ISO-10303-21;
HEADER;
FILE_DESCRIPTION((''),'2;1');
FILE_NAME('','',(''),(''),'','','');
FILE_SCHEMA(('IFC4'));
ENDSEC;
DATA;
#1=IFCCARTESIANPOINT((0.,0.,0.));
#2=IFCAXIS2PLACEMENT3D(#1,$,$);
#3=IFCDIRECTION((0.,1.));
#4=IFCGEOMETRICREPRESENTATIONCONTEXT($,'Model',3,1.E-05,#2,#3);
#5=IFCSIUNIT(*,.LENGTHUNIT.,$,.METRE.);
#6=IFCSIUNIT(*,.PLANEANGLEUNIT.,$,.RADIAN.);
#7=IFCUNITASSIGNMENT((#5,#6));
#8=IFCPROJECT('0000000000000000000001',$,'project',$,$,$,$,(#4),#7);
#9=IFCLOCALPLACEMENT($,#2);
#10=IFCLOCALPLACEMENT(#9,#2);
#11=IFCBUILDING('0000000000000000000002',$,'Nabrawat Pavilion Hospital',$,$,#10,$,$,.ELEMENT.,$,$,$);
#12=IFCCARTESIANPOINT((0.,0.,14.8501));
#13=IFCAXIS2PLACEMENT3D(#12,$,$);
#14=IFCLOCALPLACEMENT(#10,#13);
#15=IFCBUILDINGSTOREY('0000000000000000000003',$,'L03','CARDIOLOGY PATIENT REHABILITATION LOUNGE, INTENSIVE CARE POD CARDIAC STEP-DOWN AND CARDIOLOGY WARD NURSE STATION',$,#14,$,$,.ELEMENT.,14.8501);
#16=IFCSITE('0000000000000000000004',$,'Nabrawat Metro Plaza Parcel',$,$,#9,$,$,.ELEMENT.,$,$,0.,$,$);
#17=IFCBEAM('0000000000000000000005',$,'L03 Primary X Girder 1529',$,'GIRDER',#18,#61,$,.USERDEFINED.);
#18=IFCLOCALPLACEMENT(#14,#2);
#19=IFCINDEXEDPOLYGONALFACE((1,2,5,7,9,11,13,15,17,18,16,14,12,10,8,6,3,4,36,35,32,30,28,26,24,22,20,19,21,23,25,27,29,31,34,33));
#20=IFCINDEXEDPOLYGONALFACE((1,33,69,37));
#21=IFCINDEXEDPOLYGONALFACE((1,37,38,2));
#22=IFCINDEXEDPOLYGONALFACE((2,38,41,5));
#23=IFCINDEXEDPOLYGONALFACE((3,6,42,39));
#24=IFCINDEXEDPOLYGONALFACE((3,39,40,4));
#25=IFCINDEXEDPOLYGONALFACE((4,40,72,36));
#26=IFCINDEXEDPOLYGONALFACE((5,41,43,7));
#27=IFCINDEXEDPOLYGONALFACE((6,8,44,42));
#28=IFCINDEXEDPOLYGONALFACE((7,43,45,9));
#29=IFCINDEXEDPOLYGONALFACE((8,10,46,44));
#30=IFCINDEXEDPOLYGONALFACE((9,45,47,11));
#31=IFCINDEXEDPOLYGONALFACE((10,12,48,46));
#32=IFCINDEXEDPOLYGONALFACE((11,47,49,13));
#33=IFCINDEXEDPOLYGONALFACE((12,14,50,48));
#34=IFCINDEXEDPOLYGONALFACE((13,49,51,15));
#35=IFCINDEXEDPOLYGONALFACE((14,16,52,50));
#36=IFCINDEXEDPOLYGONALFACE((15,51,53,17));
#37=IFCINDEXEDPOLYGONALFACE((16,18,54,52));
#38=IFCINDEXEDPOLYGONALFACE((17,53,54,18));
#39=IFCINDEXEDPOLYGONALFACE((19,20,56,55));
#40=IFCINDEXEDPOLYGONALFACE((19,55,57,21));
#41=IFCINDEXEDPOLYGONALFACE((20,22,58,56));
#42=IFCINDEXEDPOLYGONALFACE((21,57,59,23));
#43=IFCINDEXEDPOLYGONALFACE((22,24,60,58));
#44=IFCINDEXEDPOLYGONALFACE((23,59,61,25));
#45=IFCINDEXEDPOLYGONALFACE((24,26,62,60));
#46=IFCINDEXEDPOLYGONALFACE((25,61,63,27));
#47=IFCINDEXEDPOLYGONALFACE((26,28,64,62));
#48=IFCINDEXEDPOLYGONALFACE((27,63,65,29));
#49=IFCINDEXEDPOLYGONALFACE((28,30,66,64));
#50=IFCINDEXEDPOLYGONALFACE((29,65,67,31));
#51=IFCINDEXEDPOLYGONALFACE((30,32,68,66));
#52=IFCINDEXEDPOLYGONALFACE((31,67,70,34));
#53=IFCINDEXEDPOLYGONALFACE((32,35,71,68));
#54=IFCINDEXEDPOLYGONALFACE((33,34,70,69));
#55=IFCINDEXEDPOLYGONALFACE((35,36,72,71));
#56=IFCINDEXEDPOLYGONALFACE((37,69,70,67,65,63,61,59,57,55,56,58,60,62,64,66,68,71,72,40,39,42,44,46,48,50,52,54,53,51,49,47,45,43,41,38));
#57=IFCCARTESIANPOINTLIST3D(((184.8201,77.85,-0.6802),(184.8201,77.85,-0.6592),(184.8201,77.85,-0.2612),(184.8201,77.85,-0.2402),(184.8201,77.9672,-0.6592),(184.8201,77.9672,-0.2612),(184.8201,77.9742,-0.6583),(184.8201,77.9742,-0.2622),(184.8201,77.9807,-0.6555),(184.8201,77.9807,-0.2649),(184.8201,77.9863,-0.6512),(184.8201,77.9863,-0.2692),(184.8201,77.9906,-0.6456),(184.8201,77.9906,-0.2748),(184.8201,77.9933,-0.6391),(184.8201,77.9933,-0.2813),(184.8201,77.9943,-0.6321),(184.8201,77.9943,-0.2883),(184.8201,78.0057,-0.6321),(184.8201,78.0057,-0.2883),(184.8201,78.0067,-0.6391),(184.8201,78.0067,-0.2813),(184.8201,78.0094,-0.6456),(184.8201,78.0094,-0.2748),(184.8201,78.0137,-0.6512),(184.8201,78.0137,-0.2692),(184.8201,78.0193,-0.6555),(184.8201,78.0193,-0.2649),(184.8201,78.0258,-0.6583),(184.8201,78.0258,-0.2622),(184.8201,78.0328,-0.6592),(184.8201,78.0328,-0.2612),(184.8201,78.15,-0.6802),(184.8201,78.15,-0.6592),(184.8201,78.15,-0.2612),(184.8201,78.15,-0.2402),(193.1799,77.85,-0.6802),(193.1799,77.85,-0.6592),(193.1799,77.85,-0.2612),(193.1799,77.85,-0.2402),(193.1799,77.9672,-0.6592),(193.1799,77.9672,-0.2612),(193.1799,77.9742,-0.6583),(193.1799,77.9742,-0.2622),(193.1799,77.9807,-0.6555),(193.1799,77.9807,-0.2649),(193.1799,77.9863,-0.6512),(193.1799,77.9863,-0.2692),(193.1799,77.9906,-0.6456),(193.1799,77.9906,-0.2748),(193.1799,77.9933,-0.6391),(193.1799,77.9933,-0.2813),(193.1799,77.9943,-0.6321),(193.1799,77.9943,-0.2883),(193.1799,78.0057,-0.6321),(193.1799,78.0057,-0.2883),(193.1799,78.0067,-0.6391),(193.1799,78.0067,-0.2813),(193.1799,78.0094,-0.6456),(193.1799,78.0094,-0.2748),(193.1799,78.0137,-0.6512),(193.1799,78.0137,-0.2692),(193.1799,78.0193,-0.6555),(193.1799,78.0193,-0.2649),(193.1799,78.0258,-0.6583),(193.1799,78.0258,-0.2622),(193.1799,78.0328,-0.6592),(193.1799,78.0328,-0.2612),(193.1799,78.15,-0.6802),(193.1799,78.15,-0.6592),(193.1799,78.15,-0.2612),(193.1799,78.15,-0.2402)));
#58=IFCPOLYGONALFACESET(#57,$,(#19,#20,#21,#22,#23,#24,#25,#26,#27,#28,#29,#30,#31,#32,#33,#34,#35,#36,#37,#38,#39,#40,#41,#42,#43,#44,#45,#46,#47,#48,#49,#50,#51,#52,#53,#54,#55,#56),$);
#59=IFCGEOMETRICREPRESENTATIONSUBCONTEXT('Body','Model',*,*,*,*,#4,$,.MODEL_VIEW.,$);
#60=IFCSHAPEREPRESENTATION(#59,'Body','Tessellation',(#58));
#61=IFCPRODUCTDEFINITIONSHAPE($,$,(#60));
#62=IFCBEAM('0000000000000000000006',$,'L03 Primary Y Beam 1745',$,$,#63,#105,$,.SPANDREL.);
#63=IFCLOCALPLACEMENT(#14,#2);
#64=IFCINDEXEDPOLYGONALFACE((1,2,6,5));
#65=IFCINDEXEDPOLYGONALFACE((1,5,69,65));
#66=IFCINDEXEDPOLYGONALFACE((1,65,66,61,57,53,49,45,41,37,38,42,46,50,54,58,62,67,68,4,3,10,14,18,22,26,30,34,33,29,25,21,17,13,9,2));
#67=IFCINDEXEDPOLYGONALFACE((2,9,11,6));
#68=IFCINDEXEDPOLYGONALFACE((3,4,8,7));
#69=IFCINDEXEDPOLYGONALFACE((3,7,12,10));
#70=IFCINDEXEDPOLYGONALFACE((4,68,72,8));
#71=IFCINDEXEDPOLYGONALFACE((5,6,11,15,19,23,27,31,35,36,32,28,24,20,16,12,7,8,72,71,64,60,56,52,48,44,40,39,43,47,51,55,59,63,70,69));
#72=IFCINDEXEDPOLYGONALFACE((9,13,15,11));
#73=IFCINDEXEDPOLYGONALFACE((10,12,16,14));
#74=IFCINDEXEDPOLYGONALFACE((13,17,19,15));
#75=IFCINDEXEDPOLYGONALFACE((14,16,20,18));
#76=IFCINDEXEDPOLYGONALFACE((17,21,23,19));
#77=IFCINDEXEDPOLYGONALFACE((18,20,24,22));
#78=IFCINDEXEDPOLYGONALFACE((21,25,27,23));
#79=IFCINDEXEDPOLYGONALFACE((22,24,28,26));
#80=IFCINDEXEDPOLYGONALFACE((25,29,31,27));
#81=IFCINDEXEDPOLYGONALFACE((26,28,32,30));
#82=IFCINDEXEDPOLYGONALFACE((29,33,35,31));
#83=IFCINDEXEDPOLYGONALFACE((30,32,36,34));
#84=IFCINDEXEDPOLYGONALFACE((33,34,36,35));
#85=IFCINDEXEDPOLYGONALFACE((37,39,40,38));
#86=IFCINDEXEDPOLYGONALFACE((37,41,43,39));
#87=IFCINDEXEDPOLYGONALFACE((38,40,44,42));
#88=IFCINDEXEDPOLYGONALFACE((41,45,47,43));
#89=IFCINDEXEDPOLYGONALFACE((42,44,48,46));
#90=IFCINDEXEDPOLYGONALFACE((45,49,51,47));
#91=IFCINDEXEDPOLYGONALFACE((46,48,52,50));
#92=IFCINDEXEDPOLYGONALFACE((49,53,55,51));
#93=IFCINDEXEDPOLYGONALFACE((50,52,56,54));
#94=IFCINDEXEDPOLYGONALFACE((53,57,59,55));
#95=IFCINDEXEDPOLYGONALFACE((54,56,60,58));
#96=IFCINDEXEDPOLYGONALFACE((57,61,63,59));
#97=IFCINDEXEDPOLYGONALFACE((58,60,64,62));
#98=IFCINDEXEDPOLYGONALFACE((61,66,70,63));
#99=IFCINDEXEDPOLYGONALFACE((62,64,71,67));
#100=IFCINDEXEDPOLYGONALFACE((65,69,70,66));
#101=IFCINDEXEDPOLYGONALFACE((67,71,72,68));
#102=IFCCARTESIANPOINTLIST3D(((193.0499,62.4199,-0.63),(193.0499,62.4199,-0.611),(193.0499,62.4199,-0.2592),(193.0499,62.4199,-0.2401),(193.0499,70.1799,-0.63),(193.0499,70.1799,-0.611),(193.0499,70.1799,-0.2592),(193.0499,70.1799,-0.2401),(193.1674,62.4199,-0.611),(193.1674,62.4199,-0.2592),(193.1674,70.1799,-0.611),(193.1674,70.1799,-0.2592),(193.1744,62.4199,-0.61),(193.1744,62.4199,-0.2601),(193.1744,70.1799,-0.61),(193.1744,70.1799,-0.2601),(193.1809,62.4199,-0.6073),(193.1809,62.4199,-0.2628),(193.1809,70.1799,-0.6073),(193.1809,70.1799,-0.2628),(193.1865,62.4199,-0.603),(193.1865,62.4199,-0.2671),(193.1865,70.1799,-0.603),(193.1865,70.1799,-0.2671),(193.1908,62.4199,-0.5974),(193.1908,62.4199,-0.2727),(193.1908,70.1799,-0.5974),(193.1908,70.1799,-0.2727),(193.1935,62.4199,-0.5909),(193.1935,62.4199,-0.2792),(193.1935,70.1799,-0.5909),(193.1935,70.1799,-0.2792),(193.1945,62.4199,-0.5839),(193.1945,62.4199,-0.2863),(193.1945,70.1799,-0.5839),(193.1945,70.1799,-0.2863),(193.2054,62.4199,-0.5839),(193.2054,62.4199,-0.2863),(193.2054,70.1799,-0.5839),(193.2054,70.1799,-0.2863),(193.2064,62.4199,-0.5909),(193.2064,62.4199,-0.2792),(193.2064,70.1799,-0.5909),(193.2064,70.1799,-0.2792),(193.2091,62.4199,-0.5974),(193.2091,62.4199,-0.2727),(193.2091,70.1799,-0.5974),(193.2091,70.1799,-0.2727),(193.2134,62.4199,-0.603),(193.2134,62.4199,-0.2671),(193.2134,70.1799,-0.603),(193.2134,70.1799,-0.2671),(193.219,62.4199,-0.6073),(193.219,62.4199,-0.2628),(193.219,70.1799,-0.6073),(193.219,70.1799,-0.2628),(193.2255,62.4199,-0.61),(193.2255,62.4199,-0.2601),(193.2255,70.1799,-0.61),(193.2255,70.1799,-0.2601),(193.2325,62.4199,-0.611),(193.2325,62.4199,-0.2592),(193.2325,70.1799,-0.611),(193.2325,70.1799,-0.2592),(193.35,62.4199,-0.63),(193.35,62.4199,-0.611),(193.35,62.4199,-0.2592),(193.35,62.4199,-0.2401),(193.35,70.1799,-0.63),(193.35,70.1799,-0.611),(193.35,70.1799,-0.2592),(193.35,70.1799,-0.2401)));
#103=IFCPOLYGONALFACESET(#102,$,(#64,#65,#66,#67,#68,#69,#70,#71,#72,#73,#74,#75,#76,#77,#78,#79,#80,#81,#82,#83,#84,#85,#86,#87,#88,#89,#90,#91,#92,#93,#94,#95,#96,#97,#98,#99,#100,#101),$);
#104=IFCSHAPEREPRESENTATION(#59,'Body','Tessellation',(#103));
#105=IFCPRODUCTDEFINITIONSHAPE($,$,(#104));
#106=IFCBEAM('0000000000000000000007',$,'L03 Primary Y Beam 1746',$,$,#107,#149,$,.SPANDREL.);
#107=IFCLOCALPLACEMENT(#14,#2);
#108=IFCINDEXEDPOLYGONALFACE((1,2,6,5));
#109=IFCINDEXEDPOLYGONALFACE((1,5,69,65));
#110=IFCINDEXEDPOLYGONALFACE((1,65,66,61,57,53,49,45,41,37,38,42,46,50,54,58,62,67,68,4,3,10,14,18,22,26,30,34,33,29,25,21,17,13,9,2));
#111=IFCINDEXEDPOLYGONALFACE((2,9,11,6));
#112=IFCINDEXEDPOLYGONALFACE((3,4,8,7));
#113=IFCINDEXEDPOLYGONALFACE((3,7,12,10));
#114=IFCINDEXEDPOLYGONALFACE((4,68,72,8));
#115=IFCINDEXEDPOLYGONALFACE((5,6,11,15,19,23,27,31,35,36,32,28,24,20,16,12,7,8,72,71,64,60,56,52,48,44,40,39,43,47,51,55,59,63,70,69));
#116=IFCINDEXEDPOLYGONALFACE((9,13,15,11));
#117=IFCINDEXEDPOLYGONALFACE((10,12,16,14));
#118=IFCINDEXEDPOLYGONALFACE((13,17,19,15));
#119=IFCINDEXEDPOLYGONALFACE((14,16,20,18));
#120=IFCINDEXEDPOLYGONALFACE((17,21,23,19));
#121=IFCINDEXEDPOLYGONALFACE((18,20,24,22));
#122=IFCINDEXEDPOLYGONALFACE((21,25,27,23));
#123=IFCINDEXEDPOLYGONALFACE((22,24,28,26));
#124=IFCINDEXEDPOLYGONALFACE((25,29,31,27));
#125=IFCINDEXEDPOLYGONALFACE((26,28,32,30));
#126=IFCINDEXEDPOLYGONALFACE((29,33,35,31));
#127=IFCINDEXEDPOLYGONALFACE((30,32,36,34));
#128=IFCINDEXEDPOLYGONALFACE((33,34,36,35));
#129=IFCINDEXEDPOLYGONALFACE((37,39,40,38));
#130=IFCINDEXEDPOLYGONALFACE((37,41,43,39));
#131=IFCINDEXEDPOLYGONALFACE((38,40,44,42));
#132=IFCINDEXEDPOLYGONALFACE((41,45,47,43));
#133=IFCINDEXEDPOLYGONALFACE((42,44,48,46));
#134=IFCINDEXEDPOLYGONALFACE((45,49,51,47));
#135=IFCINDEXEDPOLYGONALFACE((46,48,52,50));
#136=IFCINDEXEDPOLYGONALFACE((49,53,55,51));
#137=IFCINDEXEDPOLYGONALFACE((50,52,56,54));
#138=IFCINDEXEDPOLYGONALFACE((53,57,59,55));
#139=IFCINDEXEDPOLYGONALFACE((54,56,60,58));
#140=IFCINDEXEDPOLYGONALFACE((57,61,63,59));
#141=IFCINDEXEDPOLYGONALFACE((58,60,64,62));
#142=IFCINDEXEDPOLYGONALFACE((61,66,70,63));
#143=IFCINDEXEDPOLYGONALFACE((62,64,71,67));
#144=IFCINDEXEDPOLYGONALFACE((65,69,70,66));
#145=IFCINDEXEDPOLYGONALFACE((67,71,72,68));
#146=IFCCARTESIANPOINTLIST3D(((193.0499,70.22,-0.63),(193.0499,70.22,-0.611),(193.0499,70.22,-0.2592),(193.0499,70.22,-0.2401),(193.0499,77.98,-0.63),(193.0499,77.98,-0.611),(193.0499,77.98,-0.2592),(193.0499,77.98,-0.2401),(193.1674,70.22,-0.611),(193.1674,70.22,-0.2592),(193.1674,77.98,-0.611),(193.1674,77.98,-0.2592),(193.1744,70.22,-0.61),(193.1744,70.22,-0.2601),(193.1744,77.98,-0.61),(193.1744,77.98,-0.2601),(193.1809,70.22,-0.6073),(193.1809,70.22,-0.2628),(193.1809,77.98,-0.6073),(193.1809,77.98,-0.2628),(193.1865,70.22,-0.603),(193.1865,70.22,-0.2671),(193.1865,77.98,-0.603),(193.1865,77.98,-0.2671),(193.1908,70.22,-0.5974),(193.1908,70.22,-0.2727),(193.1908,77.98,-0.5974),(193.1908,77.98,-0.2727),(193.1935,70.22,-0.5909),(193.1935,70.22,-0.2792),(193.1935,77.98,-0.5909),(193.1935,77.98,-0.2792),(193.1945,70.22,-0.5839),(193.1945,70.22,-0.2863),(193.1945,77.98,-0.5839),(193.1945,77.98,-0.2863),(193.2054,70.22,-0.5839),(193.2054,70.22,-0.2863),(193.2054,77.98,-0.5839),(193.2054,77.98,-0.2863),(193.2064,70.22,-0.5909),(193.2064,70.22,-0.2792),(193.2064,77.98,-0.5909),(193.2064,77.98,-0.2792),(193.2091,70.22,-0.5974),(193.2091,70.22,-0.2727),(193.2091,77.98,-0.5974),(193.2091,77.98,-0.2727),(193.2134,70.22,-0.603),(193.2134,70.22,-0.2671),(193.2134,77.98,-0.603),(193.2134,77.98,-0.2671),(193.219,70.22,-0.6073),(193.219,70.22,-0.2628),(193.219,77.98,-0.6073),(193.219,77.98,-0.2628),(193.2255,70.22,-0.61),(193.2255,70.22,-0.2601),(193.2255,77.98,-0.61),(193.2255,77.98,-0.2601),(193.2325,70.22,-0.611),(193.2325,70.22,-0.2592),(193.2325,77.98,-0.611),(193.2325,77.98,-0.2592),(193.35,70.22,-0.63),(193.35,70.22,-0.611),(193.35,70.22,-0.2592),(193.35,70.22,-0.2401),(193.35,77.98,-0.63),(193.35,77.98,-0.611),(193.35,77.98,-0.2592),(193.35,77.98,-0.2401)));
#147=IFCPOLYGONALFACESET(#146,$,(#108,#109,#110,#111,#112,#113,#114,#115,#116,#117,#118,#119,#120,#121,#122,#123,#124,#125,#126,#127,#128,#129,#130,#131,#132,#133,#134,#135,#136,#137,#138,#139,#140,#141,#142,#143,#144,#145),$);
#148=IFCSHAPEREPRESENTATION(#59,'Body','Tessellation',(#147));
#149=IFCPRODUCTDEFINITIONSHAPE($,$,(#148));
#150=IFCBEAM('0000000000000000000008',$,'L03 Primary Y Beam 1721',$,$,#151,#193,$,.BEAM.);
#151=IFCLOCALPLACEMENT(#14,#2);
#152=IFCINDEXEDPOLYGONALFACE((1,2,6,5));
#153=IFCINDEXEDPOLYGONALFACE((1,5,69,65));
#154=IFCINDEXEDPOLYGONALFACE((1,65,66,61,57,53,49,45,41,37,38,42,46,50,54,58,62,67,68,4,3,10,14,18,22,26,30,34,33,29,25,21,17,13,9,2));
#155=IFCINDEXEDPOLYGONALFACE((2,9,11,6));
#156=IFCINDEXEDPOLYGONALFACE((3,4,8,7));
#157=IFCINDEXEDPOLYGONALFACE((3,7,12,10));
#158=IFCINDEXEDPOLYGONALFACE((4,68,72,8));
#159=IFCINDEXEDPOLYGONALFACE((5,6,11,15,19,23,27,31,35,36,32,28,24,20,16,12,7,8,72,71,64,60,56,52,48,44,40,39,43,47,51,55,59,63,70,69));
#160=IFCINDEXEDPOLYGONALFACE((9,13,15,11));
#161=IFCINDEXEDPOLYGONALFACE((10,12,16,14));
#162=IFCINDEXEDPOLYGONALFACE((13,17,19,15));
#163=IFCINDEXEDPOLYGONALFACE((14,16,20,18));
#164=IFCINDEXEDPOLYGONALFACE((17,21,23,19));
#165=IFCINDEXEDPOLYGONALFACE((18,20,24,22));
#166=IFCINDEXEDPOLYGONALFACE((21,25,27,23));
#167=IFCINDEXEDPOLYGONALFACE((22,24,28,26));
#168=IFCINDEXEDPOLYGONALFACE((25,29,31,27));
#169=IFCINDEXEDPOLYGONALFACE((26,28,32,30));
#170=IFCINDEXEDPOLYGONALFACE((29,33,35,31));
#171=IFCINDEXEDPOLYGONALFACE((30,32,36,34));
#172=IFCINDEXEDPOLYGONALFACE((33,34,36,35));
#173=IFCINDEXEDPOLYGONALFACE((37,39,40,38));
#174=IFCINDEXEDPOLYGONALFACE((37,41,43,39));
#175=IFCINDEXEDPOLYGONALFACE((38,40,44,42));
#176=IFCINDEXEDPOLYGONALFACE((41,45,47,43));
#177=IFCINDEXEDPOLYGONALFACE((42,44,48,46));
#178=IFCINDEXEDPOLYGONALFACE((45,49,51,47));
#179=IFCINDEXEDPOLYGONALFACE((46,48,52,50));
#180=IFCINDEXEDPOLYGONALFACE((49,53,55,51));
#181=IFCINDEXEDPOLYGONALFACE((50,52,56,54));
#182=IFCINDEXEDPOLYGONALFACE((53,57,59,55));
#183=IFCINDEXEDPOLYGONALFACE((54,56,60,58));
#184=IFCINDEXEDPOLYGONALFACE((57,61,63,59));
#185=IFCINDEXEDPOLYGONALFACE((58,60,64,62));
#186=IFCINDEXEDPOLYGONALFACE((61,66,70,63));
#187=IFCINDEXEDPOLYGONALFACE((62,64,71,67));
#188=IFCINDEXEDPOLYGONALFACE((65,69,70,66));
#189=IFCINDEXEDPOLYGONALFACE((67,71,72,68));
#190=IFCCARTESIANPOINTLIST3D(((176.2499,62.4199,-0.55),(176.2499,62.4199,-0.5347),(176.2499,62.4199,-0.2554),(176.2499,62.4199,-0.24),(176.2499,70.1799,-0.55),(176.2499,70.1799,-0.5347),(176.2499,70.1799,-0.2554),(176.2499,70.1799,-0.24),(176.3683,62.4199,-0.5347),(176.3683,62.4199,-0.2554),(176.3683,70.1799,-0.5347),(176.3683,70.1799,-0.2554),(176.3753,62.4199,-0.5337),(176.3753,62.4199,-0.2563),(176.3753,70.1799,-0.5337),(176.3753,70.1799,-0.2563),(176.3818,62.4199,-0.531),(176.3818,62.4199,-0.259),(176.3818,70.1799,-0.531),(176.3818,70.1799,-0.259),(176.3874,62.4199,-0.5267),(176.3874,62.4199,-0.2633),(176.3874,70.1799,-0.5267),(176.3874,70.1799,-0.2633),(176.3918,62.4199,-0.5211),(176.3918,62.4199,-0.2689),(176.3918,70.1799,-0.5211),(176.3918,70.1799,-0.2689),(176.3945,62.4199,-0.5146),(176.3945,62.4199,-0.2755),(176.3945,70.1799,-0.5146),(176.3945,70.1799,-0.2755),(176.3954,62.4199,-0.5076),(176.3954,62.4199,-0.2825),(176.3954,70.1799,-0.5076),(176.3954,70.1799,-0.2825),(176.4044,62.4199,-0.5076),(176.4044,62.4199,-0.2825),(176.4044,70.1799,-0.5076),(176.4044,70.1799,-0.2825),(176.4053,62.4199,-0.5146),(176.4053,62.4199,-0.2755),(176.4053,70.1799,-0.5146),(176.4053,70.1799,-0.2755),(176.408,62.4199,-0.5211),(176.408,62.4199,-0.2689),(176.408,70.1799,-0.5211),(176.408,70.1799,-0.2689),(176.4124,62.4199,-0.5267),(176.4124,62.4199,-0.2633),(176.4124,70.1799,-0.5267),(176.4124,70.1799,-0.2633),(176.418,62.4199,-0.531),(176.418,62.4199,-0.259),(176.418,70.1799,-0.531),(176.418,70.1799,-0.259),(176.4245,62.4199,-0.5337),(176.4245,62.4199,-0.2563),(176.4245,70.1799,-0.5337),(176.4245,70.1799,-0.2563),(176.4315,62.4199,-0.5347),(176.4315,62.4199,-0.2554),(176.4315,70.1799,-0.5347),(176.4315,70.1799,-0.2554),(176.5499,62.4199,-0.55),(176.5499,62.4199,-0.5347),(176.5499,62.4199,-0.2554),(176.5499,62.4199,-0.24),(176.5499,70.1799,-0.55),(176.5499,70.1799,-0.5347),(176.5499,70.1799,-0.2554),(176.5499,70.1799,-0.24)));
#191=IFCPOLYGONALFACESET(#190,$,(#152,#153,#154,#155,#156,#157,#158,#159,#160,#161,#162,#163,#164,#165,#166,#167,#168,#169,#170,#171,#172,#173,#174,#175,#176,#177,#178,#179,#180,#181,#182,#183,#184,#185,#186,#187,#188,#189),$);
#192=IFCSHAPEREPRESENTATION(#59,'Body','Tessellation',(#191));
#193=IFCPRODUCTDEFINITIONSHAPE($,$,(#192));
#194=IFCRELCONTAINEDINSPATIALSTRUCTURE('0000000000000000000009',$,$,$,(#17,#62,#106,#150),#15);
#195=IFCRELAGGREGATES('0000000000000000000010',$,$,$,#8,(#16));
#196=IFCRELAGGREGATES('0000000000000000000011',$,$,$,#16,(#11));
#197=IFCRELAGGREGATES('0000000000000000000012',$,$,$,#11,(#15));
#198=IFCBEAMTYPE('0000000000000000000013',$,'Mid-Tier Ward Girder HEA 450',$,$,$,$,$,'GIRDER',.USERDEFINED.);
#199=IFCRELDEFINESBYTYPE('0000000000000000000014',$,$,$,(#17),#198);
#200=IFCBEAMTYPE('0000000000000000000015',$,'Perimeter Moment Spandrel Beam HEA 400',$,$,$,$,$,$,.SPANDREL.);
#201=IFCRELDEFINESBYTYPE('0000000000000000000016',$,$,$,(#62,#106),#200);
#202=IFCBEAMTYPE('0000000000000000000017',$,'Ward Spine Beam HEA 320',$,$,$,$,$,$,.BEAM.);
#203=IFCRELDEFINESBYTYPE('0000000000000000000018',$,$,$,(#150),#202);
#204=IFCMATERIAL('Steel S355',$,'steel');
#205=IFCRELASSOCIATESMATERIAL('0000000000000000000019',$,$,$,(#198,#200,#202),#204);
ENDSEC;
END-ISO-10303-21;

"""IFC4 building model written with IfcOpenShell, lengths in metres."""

from ifc_helpers import new_model, si_unit, direction, frame, origin, origin_2d, place, context, subcontext, project, spatial, i_section, extrude, material, material_profile, profile_set, type_object, element, save


model = new_model("IFC4")

# Units and contexts
model_context = context("Model", 3, precision=1e-05, world=origin(), true_north=direction((0.0, 1.0)))
body_context = subcontext(model_context, "Body", "Model", "MODEL_VIEW")
ifc_project = project(units=[si_unit("LENGTHUNIT", "METRE"), si_unit("PLANEANGLEUNIT", "RADIAN")], contexts=[model_context])

# Site, building, storey
site_placement = place(None, origin())
site = spatial("IfcSite", under=ifc_project, at=site_placement, Name="Nabrawat Metro Plaza Parcel", CompositionType="ELEMENT", RefElevation=0.0)
building_placement = place(site_placement, origin())
building = spatial("IfcBuilding", under=site, at=building_placement, Name="Nabrawat Pavilion Hospital", CompositionType="ELEMENT")
storey_placement = place(building_placement, frame((0.0, 0.0, 14.8501)))
storey = spatial("IfcBuildingStorey", under=building, at=storey_placement, Name="L03", Description="CARDIOLOGY PATIENT REHABILITATION LOUNGE, INTENSIVE CARE POD CARDIAC STEP-DOWN AND CARDIOLOGY WARD NURSE STATION", CompositionType="ELEMENT", Elevation=14.8501)

# Shared definitions
ifc_material_1 = material(Name="Steel S355", Category="steel")

# Beams
ifc_material_profile_1 = material_profile(ifc_material_1, i_section(OverallWidth=0.3, OverallDepth=0.4399, WebThickness=0.0115, FlangeThickness=0.021, FilletRadius=0.0271, at=origin_2d()), Name="HEA 450")
ifc_profile_set_1 = profile_set([ifc_material_profile_1], Name="Steel S355")
beam_type_1 = type_object("IfcBeamType", Name="Mid-Tier Ward Girder HEA 450", ElementType="GIRDER", PredefinedType="USERDEFINED", material=ifc_profile_set_1)
beam_1_placement = place(storey_placement, frame((184.8201, 78.0, -0.4602), z_axis=(1.0, 0.0, 0.0), x_axis=(0.0, 1.0, 0.0)))
element("IfcBeam", 1, at=beam_1_placement, inside=storey, type_object=beam_type_1, Name="L03 Primary X Girder 1529", ObjectType="GIRDER", PredefinedType="USERDEFINED", context=body_context, shape_type="SweptSolid", body=[
    extrude(i_section(OverallWidth=0.3, OverallDepth=0.4399, WebThickness=0.0115, FlangeThickness=0.021, FilletRadius=0.0271, at=origin_2d()), origin(), (0.0, 0.0, 1.0), 8.3599),
])
ifc_material_profile_2 = material_profile(ifc_material_1, i_section(OverallWidth=0.3, OverallDepth=0.3899, WebThickness=0.011, FlangeThickness=0.019, FilletRadius=0.0271, at=origin_2d()), Name="HEA 400")
ifc_profile_set_2 = profile_set([ifc_material_profile_2], Name="Steel S355")
beam_type_2 = type_object("IfcBeamType", Name="Perimeter Moment Spandrel Beam HEA 400", PredefinedType="SPANDREL", material=ifc_profile_set_2)
for number, where, z_axis, x_axis, name in (
    (2, (193.2, 62.4199, -0.4351), (0.0, 1.0, 0.0), (-1.0, 0.0, 0.0), "L03 Primary Y Beam 1745"),
    (3, (193.2, 70.22, -0.4351), (0.0, 1.0, 0.0), (-1.0, 0.0, 0.0), "L03 Primary Y Beam 1746"),
):
    element("IfcBeam", number, at=place(storey_placement, frame(where, z_axis=z_axis, x_axis=x_axis)), inside=storey, type_object=beam_type_2, Name=name, PredefinedType="SPANDREL", context=body_context, shape_type="SweptSolid", body=[
        extrude(i_section(OverallWidth=0.3, OverallDepth=0.3899, WebThickness=0.011, FlangeThickness=0.019, FilletRadius=0.0271, at=origin_2d()), origin(), (0.0, 0.0, 1.0), 7.76),
    ])
ifc_material_profile_3 = material_profile(ifc_material_1, i_section(OverallWidth=0.3, OverallDepth=0.3101, WebThickness=0.009, FlangeThickness=0.0154, FilletRadius=0.0271, at=origin_2d()), Name="HEA 320")
ifc_profile_set_3 = profile_set([ifc_material_profile_3], Name="Steel S355")
beam_type_3 = type_object("IfcBeamType", Name="Ward Spine Beam HEA 320", PredefinedType="BEAM", material=ifc_profile_set_3)
for number, where, z_axis, x_axis, name in (
    (4, (176.3999, 62.4199, -0.395), (0.0, 1.0, 0.0), (-1.0, 0.0, 0.0), "L03 Primary Y Beam 1721"),
):
    element("IfcBeam", number, at=place(storey_placement, frame(where, z_axis=z_axis, x_axis=x_axis)), inside=storey, type_object=beam_type_3, Name=name, PredefinedType="BEAM", context=body_context, shape_type="SweptSolid", body=[
        extrude(i_section(OverallWidth=0.3, OverallDepth=0.3101, WebThickness=0.009, FlangeThickness=0.0154, FilletRadius=0.0271, at=origin_2d()), origin(), (0.0, 0.0, 1.0), 7.76),
    ])

save(model, "model.ifc")
